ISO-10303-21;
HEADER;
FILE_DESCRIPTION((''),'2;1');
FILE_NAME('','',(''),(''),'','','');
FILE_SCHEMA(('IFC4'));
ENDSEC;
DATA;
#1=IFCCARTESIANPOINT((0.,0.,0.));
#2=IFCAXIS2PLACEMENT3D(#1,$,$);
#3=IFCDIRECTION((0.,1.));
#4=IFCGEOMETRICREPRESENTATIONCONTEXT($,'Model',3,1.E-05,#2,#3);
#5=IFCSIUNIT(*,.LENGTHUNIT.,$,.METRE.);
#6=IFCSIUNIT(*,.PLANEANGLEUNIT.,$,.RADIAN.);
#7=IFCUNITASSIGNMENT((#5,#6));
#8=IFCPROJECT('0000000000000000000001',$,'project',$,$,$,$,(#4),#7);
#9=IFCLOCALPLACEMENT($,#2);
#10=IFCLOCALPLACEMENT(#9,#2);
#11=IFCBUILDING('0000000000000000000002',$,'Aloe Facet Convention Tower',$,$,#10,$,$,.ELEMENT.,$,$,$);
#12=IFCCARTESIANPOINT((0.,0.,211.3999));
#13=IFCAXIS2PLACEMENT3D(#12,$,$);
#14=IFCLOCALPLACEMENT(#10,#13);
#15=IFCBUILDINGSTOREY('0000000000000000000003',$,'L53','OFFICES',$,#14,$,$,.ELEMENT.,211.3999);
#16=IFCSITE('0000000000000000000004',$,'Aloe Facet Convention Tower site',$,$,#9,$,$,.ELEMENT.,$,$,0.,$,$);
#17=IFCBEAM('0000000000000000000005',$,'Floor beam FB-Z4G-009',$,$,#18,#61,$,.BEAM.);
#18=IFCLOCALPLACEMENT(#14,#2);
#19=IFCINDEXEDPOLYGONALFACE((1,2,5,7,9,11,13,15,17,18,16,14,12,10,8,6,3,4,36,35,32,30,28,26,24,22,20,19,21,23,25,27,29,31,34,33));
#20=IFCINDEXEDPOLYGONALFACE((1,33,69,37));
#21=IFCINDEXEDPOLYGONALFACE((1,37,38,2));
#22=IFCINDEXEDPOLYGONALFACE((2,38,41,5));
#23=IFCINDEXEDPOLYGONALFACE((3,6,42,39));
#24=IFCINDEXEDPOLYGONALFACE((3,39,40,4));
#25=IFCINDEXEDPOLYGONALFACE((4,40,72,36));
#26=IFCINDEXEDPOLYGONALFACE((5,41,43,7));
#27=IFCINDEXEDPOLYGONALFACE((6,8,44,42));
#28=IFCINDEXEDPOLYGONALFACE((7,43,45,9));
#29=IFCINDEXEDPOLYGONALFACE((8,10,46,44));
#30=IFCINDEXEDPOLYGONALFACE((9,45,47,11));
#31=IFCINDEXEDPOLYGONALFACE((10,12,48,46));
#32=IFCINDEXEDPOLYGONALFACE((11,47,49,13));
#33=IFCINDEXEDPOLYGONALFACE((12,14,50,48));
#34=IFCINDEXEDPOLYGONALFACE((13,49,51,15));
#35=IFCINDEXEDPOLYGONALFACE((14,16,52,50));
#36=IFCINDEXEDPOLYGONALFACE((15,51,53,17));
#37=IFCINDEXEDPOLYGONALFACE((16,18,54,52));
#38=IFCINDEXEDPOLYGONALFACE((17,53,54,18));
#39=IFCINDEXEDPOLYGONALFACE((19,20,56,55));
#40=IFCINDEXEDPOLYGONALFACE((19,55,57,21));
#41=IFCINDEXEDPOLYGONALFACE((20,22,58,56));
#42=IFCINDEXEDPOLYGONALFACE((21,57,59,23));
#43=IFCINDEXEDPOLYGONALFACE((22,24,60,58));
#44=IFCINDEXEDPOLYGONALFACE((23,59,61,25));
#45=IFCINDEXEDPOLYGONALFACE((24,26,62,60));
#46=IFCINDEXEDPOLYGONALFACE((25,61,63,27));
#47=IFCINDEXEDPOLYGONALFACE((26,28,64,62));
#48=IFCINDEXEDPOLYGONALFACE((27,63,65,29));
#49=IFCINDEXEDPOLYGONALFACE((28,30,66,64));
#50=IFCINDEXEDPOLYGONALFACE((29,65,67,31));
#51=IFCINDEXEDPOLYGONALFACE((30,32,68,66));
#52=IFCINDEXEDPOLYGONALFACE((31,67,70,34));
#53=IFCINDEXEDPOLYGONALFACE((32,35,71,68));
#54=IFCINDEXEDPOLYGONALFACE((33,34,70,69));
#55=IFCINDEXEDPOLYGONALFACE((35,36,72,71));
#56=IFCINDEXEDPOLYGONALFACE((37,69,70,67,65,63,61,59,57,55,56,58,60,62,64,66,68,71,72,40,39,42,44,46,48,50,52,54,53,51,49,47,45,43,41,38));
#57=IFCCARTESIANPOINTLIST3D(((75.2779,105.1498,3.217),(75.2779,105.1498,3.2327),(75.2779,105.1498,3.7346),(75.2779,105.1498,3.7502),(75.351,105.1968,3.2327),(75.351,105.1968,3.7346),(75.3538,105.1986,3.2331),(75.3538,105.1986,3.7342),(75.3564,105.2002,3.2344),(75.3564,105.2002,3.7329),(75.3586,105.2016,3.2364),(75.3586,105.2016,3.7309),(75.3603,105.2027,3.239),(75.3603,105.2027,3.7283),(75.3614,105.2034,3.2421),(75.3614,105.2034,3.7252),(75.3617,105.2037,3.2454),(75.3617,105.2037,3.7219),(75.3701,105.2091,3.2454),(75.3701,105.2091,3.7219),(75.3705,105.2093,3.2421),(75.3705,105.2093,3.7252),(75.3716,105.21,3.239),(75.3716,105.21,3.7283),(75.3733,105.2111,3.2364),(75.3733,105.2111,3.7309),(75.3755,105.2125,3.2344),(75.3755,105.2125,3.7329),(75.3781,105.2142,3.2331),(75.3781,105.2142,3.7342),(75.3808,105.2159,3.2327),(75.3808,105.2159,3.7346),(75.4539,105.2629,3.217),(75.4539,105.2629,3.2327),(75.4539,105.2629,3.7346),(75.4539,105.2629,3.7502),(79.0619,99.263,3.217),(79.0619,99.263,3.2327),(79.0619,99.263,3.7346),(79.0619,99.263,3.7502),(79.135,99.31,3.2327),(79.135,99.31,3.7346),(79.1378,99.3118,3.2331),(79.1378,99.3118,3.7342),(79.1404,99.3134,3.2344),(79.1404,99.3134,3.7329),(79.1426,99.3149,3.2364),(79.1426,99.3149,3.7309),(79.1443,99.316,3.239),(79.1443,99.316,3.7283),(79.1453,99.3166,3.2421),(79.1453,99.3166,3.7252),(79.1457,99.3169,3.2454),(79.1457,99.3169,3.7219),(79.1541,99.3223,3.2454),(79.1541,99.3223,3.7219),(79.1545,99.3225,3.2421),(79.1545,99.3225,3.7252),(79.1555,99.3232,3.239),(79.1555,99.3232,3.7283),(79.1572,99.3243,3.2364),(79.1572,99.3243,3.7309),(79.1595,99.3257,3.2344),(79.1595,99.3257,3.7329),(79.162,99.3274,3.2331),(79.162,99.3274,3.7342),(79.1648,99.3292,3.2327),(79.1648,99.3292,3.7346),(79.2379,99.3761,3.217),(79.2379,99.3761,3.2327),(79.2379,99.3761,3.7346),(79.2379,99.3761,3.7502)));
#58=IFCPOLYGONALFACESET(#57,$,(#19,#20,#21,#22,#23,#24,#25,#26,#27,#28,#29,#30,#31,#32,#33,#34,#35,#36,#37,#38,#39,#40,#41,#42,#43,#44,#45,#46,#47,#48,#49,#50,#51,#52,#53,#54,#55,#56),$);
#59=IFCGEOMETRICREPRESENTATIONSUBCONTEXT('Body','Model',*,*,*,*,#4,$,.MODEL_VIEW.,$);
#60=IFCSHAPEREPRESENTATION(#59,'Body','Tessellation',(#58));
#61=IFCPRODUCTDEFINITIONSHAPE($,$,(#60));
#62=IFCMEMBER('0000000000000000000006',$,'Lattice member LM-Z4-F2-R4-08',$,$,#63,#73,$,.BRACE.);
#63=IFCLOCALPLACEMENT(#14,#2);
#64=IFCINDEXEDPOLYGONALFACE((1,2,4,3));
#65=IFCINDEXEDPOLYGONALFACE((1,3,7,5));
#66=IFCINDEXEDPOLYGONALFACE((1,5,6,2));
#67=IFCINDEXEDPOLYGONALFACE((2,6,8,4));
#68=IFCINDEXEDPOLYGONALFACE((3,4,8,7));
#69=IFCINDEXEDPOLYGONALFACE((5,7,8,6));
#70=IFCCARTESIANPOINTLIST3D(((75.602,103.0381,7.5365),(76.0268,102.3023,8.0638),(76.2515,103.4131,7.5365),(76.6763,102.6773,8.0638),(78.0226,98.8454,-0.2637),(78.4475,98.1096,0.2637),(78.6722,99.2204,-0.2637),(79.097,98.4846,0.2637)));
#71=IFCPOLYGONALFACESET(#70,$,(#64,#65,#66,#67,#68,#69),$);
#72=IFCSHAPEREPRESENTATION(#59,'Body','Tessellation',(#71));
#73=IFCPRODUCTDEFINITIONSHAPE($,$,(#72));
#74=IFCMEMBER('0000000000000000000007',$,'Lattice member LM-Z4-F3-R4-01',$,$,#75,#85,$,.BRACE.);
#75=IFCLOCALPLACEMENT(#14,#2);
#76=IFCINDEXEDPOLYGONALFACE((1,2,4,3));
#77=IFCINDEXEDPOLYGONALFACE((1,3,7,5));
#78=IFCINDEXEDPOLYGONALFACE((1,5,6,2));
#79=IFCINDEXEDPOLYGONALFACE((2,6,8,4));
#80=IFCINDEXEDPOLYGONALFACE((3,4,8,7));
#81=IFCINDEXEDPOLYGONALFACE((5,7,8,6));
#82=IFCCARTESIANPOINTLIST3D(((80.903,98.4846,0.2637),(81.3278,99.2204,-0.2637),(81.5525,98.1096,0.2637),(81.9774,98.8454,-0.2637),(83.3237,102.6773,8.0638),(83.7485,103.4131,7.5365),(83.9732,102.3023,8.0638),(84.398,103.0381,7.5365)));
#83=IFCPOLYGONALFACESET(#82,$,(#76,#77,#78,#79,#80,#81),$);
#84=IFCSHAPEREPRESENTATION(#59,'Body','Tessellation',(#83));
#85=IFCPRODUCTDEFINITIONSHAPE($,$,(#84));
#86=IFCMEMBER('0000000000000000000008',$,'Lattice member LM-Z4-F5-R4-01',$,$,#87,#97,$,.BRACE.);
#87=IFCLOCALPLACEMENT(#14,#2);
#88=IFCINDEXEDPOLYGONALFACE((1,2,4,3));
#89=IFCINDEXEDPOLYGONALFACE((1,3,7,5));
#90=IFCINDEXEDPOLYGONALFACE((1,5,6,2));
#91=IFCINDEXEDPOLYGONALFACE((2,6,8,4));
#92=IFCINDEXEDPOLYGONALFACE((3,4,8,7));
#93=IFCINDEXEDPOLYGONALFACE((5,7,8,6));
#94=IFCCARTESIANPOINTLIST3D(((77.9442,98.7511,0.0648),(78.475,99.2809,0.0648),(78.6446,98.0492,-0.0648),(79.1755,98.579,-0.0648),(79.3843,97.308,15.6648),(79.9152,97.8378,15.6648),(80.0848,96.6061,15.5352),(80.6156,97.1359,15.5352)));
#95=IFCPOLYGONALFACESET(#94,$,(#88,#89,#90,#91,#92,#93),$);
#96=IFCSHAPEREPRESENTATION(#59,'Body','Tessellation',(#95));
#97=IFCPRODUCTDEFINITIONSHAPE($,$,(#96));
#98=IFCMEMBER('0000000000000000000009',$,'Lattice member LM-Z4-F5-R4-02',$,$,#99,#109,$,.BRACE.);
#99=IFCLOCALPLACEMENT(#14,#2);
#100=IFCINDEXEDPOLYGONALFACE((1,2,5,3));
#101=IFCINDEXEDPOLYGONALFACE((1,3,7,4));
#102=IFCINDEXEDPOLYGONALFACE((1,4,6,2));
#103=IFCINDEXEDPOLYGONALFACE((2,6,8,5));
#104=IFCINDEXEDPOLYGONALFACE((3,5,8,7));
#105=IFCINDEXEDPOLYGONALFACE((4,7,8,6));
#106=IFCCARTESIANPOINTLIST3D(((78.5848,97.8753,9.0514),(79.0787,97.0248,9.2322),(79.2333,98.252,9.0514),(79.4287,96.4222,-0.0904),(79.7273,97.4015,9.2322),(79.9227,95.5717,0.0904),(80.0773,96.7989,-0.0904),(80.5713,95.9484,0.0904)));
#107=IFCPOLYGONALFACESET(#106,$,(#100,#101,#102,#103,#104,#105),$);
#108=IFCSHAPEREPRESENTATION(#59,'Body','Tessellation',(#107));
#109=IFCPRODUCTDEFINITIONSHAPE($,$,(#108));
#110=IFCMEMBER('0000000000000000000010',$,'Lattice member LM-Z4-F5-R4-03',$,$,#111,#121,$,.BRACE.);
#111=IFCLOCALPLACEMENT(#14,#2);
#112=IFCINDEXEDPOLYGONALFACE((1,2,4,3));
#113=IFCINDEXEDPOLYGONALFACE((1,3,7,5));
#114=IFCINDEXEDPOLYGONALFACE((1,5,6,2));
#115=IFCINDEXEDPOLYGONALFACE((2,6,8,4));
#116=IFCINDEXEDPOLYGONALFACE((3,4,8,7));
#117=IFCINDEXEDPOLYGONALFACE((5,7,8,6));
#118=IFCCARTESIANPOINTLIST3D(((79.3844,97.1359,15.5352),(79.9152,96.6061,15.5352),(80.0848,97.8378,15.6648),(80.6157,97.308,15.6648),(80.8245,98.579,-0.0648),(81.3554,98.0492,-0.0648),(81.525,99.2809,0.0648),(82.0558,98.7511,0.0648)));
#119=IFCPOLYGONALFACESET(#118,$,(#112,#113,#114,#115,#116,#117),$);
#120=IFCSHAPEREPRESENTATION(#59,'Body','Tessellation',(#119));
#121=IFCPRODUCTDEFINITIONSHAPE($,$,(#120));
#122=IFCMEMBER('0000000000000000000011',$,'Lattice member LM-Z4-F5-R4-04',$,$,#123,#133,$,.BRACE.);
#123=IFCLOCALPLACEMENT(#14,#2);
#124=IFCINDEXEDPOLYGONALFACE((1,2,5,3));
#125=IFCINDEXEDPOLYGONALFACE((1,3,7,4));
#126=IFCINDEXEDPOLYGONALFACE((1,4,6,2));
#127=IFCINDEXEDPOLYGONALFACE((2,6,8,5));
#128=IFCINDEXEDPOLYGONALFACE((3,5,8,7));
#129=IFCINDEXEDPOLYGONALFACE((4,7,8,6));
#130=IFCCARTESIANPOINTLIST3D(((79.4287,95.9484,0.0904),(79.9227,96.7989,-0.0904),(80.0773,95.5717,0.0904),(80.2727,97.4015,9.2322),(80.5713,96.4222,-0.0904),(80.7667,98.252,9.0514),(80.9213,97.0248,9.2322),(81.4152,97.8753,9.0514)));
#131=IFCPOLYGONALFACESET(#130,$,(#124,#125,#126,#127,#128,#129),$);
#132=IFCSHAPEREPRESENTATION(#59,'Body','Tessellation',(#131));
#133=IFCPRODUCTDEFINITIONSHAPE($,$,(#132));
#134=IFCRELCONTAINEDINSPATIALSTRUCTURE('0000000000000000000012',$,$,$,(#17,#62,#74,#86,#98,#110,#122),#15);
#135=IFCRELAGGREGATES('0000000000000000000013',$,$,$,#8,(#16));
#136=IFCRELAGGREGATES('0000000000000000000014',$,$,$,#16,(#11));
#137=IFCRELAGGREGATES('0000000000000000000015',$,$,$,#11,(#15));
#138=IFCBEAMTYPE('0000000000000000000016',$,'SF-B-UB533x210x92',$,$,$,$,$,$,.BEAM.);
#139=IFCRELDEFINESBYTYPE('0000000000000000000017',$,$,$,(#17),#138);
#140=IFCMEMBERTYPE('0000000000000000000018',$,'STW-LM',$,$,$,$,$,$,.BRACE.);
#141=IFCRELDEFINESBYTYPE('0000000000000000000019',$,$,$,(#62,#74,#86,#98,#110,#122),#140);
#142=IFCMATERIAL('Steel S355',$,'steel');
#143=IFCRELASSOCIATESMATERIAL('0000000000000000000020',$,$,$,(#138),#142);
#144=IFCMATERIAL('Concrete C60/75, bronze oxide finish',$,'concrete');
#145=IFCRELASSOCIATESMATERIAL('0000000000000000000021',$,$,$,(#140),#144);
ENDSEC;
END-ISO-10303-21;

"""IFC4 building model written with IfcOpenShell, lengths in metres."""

from ifc_helpers import new_model, si_unit, direction, frame, origin, origin_2d, place, context, subcontext, project, spatial, rectangle, i_section, extrude, material, material_profile, profile_set, type_object, element, save


model = new_model("IFC4")

# Units and contexts
model_context = context("Model", 3, precision=1e-05, world=origin(), true_north=direction((0.0, 1.0)))
body_context = subcontext(model_context, "Body", "Model", "MODEL_VIEW")
ifc_project = project(units=[si_unit("LENGTHUNIT", "METRE"), si_unit("PLANEANGLEUNIT", "RADIAN")], contexts=[model_context])

# Site, building, storey
site_placement = place(None, origin())
site = spatial("IfcSite", under=ifc_project, at=site_placement, Name="Aloe Facet Convention Tower site", CompositionType="ELEMENT", RefElevation=0.0)
building_placement = place(site_placement, origin())
building = spatial("IfcBuilding", under=site, at=building_placement, Name="Aloe Facet Convention Tower", CompositionType="ELEMENT")
storey_placement = place(building_placement, frame((0.0, 0.0, 211.3999)))
storey = spatial("IfcBuildingStorey", under=building, at=storey_placement, Name="L53", Description="OFFICES", CompositionType="ELEMENT", Elevation=211.3999)

# Beam
ifc_material_1 = material(Name="Steel S355", Category="steel")
ifc_material_profile_1 = material_profile(ifc_material_1, i_section(OverallWidth=0.2092, OverallDepth=0.5332, WebThickness=0.01, FlangeThickness=0.0156, FilletRadius=0.0127, at=origin_2d()), Name="UB 533x210x92")
ifc_profile_set_1 = profile_set([ifc_material_profile_1], Name="Steel S355")
beam_type = type_object("IfcBeamType", Name="SF-B-UB533x210x92", PredefinedType="BEAM", material=ifc_profile_set_1)
beam_placement = place(storey_placement, frame((79.1499, 99.3196, 3.4836), z_axis=(-0.540719, 0.841203, 0.0), x_axis=(-0.841203, -0.540719, 0.0)))
element("IfcBeam", 1, at=beam_placement, inside=storey, type_object=beam_type, Name="Floor beam FB-Z4G-009", PredefinedType="BEAM", context=body_context, shape_type="SweptSolid", body=[
    extrude(i_section(OverallWidth=0.2092, OverallDepth=0.5332, WebThickness=0.01, FlangeThickness=0.0156, FilletRadius=0.0127, at=origin_2d()), origin(), (0.0, 0.0, 1.0), 6.998),
])

# Members
ifc_material_2 = material(Name="Concrete C60/75, bronze oxide finish", Category="concrete")
ifc_material_profile_2 = material_profile(ifc_material_2, rectangle(XDim=0.75, YDim=1.0, at=origin_2d()), Name="STW-LM")
ifc_profile_set_2 = profile_set([ifc_material_profile_2], Name="Concrete C60/75, bronze oxide finish")
member_type = type_object("IfcMemberType", Name="STW-LM", PredefinedType="BRACE", material=ifc_profile_set_2)
for number, where, z_axis, x_axis, name in (
    (2, (78.5598, 98.665, 0.0), (-0.263678, 0.456697, 0.849648), (-0.866022, -0.500006, 0.0), "Lattice member LM-Z4-F2-R4-08"),
    (3, (81.4402, 98.665, 0.0), (0.263678, 0.456697, 0.849648), (-0.866022, 0.500006, 0.0), "Lattice member LM-Z4-F3-R4-01"),
):
    element("IfcMember", number, at=place(storey_placement, frame(where, z_axis=z_axis, x_axis=x_axis)), inside=storey, type_object=member_type, Name=name, PredefinedType="BRACE", context=body_context, shape_type="SweptSolid", body=[
        extrude(rectangle(XDim=0.75, YDim=1.0, at=origin_2d()), origin(), (0.0, 0.0, 1.0), 9.1804),
    ])
member_1_placement = place(storey_placement, frame((78.5598, 98.665, 0.0), z_axis=(0.091541, -0.091727, 0.991568), x_axis=(0.707825, 0.706388, 0.0)))
element("IfcMember", 4, at=member_1_placement, inside=storey, type_object=member_type, Name="Lattice member LM-Z4-F5-R4-01", PredefinedType="BRACE", context=body_context, shape_type="SweptSolid", body=[
    extrude(rectangle(XDim=0.75, YDim=1.0, at=origin_2d()), origin(), (0.0, 0.0, 1.0), 15.7327),
])
member_2_placement = place(storey_placement, frame((80.0, 96.1853, 0.0), z_axis=(-0.090801, 0.156334, 0.983522), x_axis=(-0.864726, -0.502244, 0.0)))
element("IfcMember", 5, at=member_2_placement, inside=storey, type_object=member_type, Name="Lattice member LM-Z4-F5-R4-02", PredefinedType="BRACE", context=body_context, shape_type="SweptSolid", body=[
    extrude(rectangle(XDim=0.75, YDim=1.0, at=origin_2d()), origin(), (0.0, 0.0, 1.0), 9.2949),
])
member_3_placement = place(storey_placement, frame((81.4402, 98.665, 0.0), z_axis=(-0.091541, -0.091727, 0.991568), x_axis=(0.707825, -0.706388, 0.0)))
element("IfcMember", 6, at=member_3_placement, inside=storey, type_object=member_type, Name="Lattice member LM-Z4-F5-R4-03", PredefinedType="BRACE", context=body_context, shape_type="SweptSolid", body=[
    extrude(rectangle(XDim=0.75, YDim=1.0, at=origin_2d()), origin(), (0.0, 0.0, 1.0), 15.7327),
])
member_4_placement = place(storey_placement, frame((80.0, 96.1853, 0.0), z_axis=(0.090801, 0.156334, 0.983522), x_axis=(-0.864726, 0.502244, 0.0)))
element("IfcMember", 7, at=member_4_placement, inside=storey, type_object=member_type, Name="Lattice member LM-Z4-F5-R4-04", PredefinedType="BRACE", context=body_context, shape_type="SweptSolid", body=[
    extrude(rectangle(XDim=0.75, YDim=1.0, at=origin_2d()), origin(), (0.0, 0.0, 1.0), 9.2949),
])

save(model, "model.ifc")
